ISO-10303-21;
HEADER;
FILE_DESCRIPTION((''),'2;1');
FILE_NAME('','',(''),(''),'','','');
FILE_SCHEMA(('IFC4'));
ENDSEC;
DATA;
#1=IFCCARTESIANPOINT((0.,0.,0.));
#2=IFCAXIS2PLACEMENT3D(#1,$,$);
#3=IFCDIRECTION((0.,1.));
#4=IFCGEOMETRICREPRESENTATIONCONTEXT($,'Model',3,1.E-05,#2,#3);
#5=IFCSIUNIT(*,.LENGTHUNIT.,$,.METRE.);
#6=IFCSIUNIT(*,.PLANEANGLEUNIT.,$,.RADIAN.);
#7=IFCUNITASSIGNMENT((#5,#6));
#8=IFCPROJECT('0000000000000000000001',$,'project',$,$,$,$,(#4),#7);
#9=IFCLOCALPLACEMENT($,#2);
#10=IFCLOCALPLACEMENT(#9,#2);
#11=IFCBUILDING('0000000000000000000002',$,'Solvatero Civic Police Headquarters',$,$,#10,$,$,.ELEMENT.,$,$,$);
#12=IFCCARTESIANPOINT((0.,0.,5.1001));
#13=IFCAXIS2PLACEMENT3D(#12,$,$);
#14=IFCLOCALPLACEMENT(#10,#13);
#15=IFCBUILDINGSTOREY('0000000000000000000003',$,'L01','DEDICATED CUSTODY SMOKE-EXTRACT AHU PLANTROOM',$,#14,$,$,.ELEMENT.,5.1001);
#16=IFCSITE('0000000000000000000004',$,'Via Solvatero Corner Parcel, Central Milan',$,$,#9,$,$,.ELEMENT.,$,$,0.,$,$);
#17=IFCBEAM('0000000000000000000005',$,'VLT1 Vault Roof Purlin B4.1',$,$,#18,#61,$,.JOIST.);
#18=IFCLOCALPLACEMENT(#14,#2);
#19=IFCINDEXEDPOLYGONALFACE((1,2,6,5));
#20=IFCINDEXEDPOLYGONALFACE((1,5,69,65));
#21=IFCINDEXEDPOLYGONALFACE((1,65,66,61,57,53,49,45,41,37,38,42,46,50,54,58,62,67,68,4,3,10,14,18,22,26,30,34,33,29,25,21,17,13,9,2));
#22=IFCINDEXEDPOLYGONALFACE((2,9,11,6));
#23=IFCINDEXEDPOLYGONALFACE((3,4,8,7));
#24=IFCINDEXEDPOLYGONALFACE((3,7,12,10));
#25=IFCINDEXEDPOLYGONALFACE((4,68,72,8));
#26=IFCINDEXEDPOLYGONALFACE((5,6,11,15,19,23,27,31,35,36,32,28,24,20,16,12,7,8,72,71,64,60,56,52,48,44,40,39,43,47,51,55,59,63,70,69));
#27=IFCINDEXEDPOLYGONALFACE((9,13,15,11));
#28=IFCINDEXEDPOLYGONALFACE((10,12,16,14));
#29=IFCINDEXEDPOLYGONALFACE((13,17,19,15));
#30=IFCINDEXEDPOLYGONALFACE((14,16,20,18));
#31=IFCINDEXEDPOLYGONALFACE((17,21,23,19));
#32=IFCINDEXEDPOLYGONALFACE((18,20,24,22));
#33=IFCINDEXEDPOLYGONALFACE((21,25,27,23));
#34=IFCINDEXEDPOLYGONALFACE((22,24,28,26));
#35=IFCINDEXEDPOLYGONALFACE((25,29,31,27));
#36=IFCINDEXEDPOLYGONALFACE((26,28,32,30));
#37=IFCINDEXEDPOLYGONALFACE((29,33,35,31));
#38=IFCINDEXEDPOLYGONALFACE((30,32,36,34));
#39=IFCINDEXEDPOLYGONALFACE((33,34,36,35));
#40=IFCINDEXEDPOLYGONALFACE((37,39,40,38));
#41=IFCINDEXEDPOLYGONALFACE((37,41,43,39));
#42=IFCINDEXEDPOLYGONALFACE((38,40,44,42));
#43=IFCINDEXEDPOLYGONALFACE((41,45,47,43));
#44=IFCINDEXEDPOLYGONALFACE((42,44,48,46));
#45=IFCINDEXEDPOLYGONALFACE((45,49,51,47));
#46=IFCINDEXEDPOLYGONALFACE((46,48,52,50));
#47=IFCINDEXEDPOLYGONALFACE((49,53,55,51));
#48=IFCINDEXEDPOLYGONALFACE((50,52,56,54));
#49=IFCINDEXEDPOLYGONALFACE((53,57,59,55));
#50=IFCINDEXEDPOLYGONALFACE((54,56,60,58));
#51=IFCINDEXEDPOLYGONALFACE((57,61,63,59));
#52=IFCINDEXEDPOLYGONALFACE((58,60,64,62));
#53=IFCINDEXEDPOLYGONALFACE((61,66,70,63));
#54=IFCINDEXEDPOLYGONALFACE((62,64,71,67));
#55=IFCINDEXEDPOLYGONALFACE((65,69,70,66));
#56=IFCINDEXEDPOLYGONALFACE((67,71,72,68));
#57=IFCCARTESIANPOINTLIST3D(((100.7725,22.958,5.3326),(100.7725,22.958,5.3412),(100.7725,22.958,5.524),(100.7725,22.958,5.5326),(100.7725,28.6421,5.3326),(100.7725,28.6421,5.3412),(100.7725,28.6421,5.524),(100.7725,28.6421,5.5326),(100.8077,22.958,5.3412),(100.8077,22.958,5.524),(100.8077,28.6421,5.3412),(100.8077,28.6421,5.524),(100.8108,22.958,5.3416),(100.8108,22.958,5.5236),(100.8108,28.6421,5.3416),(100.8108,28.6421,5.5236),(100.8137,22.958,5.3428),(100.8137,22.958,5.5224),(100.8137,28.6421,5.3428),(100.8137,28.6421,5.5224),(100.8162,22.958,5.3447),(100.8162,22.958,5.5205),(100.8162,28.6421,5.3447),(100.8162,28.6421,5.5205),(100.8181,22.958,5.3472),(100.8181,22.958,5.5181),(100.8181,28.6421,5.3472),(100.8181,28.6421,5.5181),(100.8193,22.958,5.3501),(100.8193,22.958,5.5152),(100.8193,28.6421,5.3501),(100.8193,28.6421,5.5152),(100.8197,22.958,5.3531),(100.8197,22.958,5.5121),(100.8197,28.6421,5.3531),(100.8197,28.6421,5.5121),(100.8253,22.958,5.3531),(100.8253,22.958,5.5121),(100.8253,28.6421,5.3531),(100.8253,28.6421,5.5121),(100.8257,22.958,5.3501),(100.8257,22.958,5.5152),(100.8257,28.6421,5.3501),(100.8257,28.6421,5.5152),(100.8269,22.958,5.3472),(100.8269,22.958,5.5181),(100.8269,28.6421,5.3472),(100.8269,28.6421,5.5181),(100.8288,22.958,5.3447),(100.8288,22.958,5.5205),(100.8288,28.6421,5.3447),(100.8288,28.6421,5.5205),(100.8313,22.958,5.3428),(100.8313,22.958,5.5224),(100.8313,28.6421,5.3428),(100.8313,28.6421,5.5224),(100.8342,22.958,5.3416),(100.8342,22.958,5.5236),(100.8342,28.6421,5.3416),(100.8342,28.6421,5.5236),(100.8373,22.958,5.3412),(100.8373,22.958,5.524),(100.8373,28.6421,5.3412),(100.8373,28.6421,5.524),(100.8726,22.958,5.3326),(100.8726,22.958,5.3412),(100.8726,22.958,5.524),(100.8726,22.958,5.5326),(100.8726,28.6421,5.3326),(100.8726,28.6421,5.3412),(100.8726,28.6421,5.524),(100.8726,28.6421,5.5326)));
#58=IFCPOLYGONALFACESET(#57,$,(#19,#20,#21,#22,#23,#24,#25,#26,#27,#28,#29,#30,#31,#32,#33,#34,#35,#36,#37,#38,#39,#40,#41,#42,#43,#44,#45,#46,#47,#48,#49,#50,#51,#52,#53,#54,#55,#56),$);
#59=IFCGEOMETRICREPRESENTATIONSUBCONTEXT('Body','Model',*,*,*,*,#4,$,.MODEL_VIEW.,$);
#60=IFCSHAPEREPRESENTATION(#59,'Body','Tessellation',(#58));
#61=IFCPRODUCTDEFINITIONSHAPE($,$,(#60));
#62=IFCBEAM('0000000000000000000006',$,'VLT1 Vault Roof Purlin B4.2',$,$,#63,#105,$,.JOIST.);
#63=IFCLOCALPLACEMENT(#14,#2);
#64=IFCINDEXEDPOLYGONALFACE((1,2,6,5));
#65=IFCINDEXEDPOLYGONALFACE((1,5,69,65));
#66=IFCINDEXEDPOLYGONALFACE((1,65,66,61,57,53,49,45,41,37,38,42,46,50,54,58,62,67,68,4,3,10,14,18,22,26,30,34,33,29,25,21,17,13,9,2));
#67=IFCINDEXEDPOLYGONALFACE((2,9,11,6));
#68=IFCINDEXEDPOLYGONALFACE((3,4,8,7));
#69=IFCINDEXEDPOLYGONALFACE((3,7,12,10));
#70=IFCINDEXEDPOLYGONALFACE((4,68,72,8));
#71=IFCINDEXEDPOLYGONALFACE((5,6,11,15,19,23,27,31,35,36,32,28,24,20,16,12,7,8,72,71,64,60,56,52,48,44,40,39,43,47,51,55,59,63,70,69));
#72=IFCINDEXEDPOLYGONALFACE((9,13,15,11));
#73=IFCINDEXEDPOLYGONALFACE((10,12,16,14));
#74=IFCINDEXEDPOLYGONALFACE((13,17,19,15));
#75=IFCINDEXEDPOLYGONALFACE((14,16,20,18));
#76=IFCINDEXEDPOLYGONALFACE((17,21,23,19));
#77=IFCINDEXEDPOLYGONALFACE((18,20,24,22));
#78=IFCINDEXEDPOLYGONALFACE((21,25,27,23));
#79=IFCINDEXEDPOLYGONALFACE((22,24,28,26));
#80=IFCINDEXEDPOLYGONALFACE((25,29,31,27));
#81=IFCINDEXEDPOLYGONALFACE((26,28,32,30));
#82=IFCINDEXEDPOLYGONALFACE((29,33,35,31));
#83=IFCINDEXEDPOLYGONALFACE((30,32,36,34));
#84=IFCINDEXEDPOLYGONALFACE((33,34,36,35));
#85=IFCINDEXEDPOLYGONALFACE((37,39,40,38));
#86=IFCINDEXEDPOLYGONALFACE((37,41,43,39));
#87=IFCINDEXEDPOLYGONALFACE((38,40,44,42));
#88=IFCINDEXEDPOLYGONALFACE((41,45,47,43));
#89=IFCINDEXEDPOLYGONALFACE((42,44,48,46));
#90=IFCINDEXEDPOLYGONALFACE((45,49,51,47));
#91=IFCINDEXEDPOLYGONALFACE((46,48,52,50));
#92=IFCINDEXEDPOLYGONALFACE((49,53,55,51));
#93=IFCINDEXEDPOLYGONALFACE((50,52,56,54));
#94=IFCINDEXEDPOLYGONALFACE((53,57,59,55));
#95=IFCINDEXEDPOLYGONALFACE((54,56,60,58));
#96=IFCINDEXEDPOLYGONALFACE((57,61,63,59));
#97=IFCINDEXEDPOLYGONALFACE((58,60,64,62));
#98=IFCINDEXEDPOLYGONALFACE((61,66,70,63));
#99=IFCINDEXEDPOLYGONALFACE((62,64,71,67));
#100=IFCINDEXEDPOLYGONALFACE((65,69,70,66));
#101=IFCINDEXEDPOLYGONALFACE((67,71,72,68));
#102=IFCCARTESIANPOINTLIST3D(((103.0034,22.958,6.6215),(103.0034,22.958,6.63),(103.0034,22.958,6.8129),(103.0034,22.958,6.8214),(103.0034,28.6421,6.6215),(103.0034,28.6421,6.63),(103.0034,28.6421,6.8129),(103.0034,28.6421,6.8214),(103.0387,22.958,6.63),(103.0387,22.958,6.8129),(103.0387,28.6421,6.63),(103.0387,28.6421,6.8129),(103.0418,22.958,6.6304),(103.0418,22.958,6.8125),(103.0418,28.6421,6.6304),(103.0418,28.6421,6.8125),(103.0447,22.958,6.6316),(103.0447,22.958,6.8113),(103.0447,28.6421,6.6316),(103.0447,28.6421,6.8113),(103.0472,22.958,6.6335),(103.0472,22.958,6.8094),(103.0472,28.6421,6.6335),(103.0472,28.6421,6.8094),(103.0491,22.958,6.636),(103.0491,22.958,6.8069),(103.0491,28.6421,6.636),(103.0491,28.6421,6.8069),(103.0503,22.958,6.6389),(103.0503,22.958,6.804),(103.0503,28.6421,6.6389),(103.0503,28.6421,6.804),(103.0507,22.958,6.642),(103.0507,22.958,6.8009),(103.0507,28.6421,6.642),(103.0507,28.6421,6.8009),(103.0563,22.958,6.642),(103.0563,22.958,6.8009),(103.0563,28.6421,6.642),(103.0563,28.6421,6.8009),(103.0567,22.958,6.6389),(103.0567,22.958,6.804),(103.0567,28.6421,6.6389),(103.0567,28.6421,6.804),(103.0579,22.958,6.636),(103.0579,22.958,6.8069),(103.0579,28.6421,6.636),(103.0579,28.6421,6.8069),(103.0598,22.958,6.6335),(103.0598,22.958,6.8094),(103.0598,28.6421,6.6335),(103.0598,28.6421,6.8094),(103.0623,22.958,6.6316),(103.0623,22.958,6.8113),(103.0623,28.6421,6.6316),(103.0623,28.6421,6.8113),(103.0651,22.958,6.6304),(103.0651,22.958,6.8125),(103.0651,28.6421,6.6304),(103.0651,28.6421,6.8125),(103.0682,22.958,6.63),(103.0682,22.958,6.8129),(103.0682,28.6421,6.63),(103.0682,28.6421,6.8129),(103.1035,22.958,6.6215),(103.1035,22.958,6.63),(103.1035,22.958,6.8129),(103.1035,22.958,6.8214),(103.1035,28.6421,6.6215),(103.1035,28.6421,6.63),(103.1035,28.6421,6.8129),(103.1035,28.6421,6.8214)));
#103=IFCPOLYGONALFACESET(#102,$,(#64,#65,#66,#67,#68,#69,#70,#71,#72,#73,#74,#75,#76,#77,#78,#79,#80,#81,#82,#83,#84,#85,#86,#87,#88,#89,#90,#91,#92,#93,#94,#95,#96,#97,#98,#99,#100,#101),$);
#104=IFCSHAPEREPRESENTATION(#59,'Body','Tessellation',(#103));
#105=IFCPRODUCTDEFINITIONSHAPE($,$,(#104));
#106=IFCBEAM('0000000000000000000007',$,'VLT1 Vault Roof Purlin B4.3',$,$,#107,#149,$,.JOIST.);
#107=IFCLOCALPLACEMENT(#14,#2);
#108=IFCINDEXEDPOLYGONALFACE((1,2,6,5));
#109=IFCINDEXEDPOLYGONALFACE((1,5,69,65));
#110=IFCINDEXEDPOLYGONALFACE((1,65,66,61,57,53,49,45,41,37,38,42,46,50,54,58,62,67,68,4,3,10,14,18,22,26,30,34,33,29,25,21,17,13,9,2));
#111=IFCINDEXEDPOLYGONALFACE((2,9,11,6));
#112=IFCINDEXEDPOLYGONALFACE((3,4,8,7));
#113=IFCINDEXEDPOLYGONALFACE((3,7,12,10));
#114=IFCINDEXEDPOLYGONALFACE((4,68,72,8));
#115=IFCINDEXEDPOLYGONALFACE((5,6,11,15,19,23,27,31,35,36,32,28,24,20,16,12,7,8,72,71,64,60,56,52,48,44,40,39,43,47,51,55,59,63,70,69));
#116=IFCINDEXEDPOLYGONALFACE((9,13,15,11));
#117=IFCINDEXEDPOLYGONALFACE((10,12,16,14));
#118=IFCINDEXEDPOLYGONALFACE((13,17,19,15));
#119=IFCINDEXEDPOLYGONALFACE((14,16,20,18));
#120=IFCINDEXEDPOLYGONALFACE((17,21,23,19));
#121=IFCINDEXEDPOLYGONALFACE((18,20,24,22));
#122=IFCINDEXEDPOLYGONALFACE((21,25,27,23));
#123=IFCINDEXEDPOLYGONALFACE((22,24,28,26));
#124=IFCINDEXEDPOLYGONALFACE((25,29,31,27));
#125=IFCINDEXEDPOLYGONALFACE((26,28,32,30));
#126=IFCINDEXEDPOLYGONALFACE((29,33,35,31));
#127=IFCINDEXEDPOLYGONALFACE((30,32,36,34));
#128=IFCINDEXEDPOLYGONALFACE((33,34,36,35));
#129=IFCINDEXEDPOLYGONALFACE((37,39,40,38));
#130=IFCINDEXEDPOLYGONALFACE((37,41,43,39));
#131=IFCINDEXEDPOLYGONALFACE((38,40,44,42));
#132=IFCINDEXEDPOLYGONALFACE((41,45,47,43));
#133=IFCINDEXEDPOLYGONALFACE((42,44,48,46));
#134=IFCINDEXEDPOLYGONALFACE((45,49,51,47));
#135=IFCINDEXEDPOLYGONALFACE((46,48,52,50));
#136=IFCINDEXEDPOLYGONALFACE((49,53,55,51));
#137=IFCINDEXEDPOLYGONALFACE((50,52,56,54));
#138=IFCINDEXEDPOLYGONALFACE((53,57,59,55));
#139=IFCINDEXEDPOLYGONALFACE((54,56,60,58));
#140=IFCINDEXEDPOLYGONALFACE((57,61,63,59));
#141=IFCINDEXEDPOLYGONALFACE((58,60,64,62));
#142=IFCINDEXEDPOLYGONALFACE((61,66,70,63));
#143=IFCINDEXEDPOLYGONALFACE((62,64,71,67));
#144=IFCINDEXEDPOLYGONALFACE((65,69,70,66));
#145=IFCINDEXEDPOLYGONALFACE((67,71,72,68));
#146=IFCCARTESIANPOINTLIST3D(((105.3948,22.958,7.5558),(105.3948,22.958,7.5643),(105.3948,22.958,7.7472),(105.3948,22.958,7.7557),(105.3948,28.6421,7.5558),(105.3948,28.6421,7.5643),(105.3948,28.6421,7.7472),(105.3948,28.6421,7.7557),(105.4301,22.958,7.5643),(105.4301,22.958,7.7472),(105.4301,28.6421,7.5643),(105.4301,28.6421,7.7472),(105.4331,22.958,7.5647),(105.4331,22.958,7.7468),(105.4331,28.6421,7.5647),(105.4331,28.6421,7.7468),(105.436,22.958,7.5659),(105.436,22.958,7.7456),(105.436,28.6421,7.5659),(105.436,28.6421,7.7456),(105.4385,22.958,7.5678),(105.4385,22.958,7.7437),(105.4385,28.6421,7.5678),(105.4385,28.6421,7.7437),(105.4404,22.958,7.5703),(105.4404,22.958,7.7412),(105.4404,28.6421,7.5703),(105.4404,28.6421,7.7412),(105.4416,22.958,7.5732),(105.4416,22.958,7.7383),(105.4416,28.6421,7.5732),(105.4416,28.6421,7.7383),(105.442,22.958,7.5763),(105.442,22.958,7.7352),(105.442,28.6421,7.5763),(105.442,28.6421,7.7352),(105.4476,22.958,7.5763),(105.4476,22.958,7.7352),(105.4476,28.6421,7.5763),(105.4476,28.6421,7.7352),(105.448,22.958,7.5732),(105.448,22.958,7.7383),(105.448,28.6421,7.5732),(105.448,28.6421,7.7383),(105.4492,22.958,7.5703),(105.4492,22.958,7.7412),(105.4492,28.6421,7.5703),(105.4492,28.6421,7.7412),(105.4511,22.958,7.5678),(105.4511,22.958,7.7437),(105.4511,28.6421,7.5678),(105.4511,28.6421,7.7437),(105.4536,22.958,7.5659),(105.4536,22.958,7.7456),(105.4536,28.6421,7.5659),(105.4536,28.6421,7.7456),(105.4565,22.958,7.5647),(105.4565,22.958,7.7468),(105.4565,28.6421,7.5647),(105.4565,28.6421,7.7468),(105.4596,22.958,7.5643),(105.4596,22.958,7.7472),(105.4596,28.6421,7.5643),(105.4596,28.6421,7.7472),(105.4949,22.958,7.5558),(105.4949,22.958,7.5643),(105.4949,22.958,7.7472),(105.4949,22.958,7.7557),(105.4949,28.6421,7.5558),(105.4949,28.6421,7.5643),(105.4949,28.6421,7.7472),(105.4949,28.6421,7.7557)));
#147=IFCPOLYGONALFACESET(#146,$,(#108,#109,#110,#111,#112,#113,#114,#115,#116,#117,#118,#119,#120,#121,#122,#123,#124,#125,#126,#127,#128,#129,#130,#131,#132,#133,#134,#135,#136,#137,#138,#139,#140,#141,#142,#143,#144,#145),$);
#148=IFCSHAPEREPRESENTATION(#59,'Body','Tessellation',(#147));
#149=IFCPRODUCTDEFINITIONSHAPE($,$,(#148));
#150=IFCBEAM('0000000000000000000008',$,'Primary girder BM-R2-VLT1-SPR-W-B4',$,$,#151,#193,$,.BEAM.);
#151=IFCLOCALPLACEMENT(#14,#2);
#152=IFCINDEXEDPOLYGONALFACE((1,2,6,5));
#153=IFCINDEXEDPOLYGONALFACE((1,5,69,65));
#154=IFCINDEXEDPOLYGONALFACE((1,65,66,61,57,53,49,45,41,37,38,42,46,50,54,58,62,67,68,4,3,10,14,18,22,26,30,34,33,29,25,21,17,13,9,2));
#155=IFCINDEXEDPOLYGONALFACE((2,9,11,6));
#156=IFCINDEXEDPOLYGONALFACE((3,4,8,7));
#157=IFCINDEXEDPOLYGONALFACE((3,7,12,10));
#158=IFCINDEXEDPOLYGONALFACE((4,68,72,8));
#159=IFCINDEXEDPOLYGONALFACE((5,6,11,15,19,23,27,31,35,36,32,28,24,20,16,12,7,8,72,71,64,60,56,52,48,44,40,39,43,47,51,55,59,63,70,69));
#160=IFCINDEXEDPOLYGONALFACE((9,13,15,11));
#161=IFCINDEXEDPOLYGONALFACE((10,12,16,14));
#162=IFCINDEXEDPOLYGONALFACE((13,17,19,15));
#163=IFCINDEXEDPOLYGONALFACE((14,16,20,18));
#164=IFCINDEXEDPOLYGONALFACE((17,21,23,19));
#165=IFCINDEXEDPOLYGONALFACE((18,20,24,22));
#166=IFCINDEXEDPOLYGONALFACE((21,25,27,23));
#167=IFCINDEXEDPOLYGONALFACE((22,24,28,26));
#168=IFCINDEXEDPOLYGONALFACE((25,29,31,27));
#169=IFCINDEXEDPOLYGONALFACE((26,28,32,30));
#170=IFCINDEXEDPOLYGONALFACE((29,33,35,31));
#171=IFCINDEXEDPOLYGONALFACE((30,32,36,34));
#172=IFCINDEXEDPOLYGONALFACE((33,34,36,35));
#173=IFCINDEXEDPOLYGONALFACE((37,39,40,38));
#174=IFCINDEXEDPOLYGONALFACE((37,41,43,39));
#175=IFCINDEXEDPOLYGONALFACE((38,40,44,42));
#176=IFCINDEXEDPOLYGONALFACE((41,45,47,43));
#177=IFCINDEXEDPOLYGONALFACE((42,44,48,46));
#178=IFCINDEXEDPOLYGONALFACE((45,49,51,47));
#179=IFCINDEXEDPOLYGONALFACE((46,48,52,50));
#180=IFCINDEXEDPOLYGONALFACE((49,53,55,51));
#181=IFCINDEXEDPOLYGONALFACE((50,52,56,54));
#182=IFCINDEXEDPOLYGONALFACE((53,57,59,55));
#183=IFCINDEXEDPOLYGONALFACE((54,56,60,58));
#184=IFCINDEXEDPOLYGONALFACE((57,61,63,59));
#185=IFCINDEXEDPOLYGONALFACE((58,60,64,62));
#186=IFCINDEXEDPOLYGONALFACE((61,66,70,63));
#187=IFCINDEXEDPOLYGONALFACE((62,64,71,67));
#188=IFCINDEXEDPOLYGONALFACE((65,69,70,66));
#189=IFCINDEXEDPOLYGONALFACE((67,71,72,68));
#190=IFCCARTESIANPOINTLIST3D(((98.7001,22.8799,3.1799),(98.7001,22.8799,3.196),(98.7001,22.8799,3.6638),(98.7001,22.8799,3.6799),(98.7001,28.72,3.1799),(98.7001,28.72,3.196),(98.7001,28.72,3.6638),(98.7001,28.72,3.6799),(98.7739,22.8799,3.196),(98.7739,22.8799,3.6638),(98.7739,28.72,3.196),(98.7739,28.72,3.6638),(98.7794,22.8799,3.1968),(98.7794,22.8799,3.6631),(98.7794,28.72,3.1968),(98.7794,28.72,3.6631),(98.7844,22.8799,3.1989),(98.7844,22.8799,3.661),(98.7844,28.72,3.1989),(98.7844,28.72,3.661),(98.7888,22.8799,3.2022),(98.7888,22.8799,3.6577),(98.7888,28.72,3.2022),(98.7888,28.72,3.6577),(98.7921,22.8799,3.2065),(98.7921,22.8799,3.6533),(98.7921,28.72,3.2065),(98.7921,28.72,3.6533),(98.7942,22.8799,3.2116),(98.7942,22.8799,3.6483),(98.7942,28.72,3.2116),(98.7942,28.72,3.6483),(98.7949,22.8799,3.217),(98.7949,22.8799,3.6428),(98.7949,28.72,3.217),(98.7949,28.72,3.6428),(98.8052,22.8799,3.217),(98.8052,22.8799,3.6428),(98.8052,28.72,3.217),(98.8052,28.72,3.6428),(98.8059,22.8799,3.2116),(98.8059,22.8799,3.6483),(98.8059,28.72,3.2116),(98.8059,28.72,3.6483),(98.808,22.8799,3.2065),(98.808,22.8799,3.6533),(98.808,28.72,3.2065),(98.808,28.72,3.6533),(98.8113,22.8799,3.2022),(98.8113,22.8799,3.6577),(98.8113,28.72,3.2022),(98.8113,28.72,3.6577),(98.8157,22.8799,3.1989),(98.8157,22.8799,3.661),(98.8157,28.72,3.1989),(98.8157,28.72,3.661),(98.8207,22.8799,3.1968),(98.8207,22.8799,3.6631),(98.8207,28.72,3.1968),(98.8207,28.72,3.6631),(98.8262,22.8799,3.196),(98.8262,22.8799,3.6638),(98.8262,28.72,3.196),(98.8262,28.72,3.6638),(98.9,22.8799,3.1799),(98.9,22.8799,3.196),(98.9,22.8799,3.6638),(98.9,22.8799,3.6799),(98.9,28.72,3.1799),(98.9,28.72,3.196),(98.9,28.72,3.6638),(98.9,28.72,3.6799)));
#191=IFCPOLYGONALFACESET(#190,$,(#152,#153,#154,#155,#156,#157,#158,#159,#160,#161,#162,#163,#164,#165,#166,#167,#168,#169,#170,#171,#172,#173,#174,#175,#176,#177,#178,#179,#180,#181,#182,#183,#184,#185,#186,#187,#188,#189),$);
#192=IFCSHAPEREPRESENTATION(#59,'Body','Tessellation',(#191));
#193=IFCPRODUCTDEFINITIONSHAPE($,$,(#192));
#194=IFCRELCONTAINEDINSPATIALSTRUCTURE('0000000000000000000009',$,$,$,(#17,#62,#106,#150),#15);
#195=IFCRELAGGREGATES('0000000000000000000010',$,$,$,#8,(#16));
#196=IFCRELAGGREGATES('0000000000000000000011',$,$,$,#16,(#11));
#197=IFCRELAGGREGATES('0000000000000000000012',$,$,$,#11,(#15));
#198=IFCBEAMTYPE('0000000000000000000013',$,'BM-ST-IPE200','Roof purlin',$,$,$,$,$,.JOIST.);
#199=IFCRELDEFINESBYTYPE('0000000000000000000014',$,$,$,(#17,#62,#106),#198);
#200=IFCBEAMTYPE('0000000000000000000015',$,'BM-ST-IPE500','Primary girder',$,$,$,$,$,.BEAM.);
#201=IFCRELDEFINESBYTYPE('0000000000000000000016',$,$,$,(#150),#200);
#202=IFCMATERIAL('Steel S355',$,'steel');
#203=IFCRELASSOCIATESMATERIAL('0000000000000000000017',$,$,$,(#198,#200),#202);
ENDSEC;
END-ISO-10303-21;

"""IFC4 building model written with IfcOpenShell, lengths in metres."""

from ifc_helpers import new_model, si_unit, direction, frame, origin, origin_2d, place, context, subcontext, project, spatial, i_section, extrude, material, material_profile, profile_set, type_object, element, save


model = new_model("IFC4")

# Units and contexts
model_context = context("Model", 3, precision=1e-05, world=origin(), true_north=direction((0.0, 1.0)))
body_context = subcontext(model_context, "Body", "Model", "MODEL_VIEW")
ifc_project = project(units=[si_unit("LENGTHUNIT", "METRE"), si_unit("PLANEANGLEUNIT", "RADIAN")], contexts=[model_context])

# Site, building, storey
site_placement = place(None, origin())
site = spatial("IfcSite", under=ifc_project, at=site_placement, Name="Via Solvatero Corner Parcel, Central Milan", CompositionType="ELEMENT", RefElevation=0.0)
building_placement = place(site_placement, origin())
building = spatial("IfcBuilding", under=site, at=building_placement, Name="Solvatero Civic Police Headquarters", CompositionType="ELEMENT")
storey_placement = place(building_placement, frame((0.0, 0.0, 5.1001)))
storey = spatial("IfcBuildingStorey", under=building, at=storey_placement, Name="L01", Description="DEDICATED CUSTODY SMOKE-EXTRACT AHU PLANTROOM", CompositionType="ELEMENT", Elevation=5.1001)

# Shared definitions
ifc_material_1 = material(Name="Steel S355", Category="steel")

# Beams
ifc_material_profile_1 = material_profile(ifc_material_1, i_section(OverallWidth=0.1001, OverallDepth=0.2, WebThickness=0.0056, FlangeThickness=0.0085, FilletRadius=0.012, at=origin_2d()), Name="IPE 200")
ifc_profile_set_1 = profile_set([ifc_material_profile_1], Name="Steel S355")
beam_type_1 = type_object("IfcBeamType", Name="BM-ST-IPE200", Description="Roof purlin", PredefinedType="JOIST", material=ifc_profile_set_1)
for number, where, z_axis, x_axis, name in (
    (1, (100.8225, 22.958, 5.4326), (0.0, 1.0, 0.0), (-1.0, 0.0, 0.0), "VLT1 Vault Roof Purlin B4.1"),
    (2, (103.0535, 22.958, 6.7214), (0.0, 1.0, 0.0), (-1.0, 0.0, 0.0), "VLT1 Vault Roof Purlin B4.2"),
    (3, (105.4448, 22.958, 7.6558), (0.0, 1.0, 0.0), (-1.0, 0.0, 0.0), "VLT1 Vault Roof Purlin B4.3"),
):
    element("IfcBeam", number, at=place(storey_placement, frame(where, z_axis=z_axis, x_axis=x_axis)), inside=storey, type_object=beam_type_1, Name=name, PredefinedType="JOIST", context=body_context, shape_type="SweptSolid", body=[
        extrude(i_section(OverallWidth=0.1001, OverallDepth=0.2, WebThickness=0.0056, FlangeThickness=0.0085, FilletRadius=0.012, at=origin_2d()), origin(), (0.0, 0.0, 1.0), 5.6841),
    ])
ifc_material_profile_2 = material_profile(ifc_material_1, i_section(OverallWidth=0.2, OverallDepth=0.5, WebThickness=0.0103, FlangeThickness=0.0161, FilletRadius=0.021, at=origin_2d()), Name="IPE 500")
ifc_profile_set_2 = profile_set([ifc_material_profile_2], Name="Steel S355")
beam_type_2 = type_object("IfcBeamType", Name="BM-ST-IPE500", Description="Primary girder", PredefinedType="BEAM", material=ifc_profile_set_2)
beam_1_placement = place(storey_placement, frame((98.8, 22.8799, 3.4299), z_axis=(0.0, 1.0, 0.0), x_axis=(-1.0, 0.0, 0.0)))
element("IfcBeam", 4, at=beam_1_placement, inside=storey, type_object=beam_type_2, Name="Primary girder BM-R2-VLT1-SPR-W-B4", PredefinedType="BEAM", context=body_context, shape_type="SweptSolid", body=[
    extrude(i_section(OverallWidth=0.2, OverallDepth=0.5, WebThickness=0.0103, FlangeThickness=0.0161, FilletRadius=0.021, at=origin_2d()), origin(), (0.0, 0.0, 1.0), 5.8401),
])

save(model, "model.ifc")
